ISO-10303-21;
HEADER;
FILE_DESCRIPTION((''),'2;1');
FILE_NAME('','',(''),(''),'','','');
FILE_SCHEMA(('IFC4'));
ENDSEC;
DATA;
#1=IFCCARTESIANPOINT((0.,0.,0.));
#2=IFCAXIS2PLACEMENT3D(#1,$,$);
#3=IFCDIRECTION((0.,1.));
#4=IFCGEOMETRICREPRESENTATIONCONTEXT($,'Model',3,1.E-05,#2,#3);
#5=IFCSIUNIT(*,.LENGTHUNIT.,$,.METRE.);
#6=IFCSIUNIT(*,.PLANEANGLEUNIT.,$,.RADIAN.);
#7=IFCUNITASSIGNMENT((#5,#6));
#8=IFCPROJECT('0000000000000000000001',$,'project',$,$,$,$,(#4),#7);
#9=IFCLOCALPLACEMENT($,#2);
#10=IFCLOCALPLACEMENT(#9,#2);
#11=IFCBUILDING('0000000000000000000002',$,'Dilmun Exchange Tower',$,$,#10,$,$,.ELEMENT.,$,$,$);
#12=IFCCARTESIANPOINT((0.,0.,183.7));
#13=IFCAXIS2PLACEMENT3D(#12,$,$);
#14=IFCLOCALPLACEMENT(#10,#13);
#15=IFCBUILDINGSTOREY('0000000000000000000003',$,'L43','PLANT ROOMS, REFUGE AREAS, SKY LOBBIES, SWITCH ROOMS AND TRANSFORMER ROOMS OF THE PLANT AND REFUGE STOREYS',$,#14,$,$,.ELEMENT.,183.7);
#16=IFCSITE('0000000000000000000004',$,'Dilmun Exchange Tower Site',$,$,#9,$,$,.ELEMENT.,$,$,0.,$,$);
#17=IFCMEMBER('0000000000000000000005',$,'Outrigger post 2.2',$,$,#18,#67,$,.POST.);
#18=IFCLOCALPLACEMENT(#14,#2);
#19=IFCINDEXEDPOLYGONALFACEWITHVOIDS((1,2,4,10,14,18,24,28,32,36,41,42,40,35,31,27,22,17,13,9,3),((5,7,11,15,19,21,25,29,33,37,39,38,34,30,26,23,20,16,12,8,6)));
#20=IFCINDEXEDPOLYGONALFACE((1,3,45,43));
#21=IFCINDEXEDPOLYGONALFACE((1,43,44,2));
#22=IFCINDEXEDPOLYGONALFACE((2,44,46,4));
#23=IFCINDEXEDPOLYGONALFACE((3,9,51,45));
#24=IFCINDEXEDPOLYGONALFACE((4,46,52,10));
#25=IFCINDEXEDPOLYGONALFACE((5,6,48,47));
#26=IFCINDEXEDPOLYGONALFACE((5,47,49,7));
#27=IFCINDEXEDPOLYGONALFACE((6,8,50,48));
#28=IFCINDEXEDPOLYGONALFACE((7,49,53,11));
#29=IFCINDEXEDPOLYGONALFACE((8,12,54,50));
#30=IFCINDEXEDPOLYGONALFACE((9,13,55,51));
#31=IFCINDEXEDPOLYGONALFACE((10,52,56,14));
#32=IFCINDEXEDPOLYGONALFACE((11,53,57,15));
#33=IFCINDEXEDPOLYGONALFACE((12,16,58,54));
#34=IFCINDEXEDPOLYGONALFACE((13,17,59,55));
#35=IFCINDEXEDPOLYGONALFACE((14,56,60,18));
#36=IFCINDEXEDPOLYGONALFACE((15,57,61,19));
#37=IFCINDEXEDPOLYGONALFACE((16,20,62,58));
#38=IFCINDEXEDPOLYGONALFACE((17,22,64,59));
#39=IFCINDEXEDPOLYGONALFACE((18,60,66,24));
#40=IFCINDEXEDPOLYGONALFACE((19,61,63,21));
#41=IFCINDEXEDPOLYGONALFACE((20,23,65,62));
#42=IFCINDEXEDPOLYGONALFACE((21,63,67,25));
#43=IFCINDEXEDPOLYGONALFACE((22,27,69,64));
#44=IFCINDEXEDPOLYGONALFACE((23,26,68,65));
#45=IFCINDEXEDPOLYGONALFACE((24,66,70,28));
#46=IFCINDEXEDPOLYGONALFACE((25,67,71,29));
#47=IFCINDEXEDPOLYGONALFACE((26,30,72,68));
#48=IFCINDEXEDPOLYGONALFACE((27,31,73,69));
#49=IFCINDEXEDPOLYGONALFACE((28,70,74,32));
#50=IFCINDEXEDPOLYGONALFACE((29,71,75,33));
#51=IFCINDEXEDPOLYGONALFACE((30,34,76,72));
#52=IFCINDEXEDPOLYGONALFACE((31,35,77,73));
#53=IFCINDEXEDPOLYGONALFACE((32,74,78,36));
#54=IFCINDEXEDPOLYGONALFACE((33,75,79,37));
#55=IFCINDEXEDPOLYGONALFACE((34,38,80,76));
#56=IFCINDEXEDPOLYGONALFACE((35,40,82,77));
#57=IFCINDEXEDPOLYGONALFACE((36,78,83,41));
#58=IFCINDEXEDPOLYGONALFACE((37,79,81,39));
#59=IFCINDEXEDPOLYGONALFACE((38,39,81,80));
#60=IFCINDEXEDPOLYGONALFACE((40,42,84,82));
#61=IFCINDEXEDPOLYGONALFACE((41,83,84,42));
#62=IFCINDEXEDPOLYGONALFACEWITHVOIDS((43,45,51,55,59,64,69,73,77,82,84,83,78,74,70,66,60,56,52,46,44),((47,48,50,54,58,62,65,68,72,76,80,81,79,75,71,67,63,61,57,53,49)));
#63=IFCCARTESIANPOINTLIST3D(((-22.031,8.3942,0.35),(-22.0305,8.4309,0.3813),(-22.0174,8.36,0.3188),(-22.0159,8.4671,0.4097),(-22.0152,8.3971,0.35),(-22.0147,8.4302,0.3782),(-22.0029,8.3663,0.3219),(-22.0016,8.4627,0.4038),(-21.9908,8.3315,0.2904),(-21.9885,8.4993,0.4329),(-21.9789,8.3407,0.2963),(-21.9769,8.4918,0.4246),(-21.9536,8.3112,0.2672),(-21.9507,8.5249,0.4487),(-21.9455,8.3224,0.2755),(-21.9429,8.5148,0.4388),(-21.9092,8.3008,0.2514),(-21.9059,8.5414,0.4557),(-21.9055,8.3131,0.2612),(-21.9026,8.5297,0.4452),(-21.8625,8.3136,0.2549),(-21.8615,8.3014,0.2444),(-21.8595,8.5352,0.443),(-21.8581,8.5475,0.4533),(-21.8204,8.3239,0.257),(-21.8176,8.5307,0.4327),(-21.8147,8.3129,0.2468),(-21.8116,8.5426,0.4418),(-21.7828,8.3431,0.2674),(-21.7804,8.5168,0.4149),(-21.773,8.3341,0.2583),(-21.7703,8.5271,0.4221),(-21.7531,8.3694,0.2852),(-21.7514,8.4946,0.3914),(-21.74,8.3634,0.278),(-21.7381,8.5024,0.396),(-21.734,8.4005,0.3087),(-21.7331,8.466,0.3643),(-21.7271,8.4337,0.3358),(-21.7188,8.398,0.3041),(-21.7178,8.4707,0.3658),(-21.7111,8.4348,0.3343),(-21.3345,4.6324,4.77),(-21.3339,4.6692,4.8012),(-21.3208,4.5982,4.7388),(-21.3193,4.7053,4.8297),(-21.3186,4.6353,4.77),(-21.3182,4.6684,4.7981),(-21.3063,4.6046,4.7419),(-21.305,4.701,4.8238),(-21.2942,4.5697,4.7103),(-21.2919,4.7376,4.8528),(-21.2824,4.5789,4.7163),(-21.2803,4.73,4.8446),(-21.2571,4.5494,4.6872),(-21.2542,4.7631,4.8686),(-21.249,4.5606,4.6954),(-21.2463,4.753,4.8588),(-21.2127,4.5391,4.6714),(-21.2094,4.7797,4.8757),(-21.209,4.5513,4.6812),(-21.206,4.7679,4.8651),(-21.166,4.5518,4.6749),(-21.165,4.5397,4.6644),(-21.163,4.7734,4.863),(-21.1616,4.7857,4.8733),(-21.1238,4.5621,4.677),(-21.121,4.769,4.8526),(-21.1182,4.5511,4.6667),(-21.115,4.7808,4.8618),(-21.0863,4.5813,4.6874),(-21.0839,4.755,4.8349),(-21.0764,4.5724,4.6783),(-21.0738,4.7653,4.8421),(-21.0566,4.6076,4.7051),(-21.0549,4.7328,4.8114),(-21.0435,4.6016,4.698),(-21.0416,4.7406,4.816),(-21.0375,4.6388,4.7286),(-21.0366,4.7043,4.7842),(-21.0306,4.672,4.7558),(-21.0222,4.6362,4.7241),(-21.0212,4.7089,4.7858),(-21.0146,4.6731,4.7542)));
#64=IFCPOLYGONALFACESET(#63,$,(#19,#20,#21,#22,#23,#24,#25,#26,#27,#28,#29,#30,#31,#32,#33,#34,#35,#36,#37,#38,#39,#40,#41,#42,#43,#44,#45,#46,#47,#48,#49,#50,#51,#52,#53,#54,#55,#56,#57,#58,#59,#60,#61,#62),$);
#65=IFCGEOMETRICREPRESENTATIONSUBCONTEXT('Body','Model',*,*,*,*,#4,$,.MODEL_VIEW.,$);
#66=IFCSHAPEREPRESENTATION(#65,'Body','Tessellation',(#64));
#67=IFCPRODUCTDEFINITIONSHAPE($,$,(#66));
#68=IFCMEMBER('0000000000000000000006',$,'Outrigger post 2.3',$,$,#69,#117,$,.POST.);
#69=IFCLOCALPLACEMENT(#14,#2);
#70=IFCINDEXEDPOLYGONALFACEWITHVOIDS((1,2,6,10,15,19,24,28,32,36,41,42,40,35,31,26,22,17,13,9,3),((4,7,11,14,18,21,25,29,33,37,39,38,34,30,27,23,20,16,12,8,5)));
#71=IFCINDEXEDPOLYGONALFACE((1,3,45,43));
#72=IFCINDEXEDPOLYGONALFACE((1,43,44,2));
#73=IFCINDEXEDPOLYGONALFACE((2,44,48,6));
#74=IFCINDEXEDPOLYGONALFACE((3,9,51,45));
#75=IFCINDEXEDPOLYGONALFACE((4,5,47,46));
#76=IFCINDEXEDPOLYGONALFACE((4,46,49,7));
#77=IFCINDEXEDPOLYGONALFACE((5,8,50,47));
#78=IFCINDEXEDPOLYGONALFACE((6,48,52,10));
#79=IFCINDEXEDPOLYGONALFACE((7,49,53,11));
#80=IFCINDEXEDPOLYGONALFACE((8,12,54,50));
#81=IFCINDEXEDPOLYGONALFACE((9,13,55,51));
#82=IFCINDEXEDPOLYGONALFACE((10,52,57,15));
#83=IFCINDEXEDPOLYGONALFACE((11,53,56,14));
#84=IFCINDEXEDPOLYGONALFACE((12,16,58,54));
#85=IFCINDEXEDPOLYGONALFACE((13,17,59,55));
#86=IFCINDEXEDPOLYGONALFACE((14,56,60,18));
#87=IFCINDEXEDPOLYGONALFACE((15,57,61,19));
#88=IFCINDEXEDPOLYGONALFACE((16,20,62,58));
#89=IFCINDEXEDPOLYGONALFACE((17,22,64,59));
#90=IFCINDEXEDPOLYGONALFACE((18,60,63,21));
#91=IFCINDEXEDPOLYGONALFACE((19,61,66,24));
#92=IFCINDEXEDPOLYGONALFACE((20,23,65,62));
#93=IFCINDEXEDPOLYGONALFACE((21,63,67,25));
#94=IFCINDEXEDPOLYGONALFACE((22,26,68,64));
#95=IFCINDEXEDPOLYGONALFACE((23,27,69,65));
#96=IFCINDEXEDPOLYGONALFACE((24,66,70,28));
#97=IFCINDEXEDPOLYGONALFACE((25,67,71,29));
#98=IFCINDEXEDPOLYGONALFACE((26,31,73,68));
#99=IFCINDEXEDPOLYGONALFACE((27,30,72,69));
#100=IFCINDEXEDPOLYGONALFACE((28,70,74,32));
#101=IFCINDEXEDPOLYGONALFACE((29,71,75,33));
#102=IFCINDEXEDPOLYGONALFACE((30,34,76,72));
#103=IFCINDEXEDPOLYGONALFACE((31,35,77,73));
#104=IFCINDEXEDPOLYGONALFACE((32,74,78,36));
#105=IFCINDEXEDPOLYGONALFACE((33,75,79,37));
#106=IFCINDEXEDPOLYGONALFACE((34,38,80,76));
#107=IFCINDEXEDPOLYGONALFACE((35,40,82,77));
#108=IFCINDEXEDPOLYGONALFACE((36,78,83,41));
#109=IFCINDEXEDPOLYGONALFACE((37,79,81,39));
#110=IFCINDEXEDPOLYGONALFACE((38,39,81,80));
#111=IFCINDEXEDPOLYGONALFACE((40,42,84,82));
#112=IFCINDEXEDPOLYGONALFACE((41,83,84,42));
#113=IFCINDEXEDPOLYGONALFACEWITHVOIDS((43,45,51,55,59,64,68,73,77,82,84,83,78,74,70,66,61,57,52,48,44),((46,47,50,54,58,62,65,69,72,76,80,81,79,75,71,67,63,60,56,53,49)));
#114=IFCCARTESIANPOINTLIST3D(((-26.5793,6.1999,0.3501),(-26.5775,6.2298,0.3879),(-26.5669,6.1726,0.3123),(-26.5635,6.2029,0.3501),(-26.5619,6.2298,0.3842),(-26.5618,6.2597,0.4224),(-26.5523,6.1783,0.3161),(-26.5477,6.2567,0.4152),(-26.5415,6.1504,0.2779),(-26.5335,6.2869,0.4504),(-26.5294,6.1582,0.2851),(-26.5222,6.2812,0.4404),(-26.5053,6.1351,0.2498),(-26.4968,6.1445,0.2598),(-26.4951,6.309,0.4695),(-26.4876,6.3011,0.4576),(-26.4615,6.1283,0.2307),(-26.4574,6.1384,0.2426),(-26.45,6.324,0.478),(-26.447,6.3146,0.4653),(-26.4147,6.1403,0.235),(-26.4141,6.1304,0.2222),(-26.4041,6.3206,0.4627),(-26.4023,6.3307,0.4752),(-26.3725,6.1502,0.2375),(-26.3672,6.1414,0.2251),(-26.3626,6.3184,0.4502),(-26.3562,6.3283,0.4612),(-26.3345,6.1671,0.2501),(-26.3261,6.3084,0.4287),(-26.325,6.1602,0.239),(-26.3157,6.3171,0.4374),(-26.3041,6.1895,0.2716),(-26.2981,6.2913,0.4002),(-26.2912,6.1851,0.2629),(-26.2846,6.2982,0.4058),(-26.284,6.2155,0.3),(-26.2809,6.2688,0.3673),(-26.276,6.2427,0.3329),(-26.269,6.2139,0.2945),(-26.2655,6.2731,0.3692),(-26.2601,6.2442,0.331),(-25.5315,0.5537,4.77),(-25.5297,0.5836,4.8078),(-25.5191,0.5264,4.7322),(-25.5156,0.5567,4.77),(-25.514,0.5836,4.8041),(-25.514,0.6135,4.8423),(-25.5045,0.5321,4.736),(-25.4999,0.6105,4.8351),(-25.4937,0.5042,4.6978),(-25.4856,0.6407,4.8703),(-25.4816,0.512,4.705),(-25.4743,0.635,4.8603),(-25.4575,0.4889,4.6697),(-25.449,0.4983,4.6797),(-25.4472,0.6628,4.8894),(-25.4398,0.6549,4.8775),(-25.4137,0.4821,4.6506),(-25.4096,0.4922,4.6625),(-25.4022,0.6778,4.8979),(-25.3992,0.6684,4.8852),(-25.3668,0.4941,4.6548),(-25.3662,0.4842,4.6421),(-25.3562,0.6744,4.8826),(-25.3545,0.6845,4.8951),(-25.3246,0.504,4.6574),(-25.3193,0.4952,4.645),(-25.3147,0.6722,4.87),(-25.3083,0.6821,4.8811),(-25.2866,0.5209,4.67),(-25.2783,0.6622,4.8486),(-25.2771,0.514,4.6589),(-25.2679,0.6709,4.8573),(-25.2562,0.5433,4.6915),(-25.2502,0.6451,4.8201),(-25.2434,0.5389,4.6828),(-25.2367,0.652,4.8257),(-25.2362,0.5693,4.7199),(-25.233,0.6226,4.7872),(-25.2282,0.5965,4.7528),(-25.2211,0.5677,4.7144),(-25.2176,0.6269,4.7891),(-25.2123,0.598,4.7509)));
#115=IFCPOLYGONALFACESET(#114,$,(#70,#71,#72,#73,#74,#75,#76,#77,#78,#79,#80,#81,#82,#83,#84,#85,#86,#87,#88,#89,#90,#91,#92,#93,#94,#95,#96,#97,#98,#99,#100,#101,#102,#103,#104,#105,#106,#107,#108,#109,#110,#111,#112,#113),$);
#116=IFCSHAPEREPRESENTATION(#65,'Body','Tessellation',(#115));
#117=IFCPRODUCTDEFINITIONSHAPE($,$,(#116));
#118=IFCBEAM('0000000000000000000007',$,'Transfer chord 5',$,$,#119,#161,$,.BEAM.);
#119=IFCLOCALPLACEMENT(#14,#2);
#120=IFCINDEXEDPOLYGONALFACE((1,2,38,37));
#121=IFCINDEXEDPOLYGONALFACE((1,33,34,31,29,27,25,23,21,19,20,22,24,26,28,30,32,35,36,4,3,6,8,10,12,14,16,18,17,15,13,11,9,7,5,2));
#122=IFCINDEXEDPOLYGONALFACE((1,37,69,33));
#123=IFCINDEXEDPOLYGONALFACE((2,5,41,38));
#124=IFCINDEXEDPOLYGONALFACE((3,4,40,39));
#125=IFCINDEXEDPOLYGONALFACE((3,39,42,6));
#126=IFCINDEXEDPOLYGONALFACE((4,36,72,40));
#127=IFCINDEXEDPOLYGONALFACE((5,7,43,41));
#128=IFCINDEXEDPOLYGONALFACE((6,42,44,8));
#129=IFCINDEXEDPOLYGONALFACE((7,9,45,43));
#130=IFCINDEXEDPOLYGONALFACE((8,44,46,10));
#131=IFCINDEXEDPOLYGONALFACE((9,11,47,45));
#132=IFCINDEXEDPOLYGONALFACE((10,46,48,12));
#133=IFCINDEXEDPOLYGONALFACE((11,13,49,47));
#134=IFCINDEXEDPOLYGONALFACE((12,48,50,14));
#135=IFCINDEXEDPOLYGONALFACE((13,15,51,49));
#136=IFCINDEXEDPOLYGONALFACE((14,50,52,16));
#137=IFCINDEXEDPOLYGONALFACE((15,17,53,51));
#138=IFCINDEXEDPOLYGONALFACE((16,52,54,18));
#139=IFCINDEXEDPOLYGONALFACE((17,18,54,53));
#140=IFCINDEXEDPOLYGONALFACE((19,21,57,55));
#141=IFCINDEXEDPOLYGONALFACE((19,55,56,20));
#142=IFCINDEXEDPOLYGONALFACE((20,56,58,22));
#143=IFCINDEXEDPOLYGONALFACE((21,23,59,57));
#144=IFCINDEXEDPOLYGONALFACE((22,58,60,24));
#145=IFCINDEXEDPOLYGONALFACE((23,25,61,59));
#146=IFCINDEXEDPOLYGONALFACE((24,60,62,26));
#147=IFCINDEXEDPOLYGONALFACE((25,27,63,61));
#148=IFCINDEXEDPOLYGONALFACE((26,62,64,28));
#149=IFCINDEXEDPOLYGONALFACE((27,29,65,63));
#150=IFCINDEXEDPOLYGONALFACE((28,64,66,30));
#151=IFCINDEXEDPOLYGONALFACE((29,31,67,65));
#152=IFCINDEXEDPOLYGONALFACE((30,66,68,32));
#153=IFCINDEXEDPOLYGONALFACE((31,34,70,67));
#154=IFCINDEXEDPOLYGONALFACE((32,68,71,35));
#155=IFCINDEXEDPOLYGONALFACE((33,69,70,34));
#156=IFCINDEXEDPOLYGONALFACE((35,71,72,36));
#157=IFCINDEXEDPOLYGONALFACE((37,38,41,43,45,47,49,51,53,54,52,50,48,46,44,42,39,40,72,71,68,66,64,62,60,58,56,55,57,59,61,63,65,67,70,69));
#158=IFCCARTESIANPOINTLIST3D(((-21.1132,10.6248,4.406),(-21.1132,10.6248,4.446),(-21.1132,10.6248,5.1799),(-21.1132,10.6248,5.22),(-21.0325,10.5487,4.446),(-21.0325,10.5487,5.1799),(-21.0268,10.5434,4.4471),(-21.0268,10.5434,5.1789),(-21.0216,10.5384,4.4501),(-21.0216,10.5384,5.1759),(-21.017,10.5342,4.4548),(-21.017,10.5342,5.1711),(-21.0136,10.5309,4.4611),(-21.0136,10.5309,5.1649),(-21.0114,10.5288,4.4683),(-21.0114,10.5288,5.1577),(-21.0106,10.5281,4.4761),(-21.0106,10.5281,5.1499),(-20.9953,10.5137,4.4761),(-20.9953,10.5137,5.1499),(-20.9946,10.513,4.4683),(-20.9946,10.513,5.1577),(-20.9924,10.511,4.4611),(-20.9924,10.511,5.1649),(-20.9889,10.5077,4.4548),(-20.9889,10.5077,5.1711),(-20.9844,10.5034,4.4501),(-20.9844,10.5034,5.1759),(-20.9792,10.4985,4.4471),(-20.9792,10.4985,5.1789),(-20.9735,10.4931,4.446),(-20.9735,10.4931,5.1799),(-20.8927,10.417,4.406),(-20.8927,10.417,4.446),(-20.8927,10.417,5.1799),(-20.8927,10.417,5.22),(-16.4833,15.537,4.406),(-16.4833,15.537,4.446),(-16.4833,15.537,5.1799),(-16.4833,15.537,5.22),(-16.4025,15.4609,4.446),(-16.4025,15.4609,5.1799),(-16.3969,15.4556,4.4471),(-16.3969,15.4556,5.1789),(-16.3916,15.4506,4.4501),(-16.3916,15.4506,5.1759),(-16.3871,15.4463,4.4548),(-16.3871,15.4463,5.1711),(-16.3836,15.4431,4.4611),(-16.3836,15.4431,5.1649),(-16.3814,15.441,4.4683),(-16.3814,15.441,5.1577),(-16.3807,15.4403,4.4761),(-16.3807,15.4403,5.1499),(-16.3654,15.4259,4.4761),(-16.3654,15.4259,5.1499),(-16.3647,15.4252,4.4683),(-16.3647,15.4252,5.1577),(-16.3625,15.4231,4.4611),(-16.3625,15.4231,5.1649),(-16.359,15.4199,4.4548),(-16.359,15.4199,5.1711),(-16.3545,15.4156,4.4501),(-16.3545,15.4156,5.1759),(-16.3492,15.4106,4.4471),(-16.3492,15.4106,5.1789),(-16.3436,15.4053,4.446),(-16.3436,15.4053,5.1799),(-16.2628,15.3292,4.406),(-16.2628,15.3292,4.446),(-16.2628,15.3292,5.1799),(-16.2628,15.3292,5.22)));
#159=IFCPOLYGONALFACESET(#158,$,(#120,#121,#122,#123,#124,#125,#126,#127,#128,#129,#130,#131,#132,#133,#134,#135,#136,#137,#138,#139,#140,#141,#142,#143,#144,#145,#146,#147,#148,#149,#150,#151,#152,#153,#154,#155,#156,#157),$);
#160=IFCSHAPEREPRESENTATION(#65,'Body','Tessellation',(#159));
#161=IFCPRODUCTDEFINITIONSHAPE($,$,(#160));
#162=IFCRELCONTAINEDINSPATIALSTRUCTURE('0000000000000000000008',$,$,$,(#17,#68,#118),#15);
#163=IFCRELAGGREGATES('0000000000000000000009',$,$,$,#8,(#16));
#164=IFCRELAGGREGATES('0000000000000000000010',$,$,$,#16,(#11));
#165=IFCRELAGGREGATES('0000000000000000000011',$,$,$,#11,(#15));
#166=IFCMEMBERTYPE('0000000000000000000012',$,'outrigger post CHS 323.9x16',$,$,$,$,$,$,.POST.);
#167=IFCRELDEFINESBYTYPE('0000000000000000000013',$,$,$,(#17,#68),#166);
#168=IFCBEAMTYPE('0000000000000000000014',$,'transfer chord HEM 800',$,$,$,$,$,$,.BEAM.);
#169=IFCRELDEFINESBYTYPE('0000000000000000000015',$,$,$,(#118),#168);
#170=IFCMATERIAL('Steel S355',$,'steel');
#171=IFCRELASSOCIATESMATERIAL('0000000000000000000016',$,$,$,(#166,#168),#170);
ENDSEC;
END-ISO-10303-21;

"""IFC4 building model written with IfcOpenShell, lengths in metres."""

from ifc_helpers import new_model, si_unit, direction, frame, origin, origin_2d, place, context, subcontext, project, spatial, hollow_circle, i_section, extrude, material, material_profile, profile_set, type_object, element, save


model = new_model("IFC4")

# Units and contexts
model_context = context("Model", 3, precision=1e-05, world=origin(), true_north=direction((0.0, 1.0)))
body_context = subcontext(model_context, "Body", "Model", "MODEL_VIEW")
ifc_project = project(units=[si_unit("LENGTHUNIT", "METRE"), si_unit("PLANEANGLEUNIT", "RADIAN")], contexts=[model_context])

# Site, building, storey
site_placement = place(None, origin())
site = spatial("IfcSite", under=ifc_project, at=site_placement, Name="Dilmun Exchange Tower Site", CompositionType="ELEMENT", RefElevation=0.0)
building_placement = place(site_placement, origin())
building = spatial("IfcBuilding", under=site, at=building_placement, Name="Dilmun Exchange Tower", CompositionType="ELEMENT")
storey_placement = place(building_placement, frame((0.0, 0.0, 183.7)))
storey = spatial("IfcBuildingStorey", under=building, at=storey_placement, Name="L43", Description="PLANT ROOMS, REFUGE AREAS, SKY LOBBIES, SWITCH ROOMS AND TRANSFORMER ROOMS OF THE PLANT AND REFUGE STOREYS", CompositionType="ELEMENT", Elevation=183.7)

# Shared definitions
ifc_material_1 = material(Name="Steel S355", Category="steel")

# Members
ifc_material_profile_1 = material_profile(ifc_material_1, hollow_circle(Radius=0.1619, WallThickness=0.0161, at=origin_2d()), Name="CHS 323.9x16")
ifc_profile_set_1 = profile_set([ifc_material_profile_1], Name="Steel S355")
member_type_1 = type_object("IfcMemberType", Name="outrigger post CHS 323.9x16", PredefinedType="POST", material=ifc_profile_set_1)
member_1_placement = place(storey_placement, frame((-21.1753, 4.6619, 4.77), z_axis=(-0.119155, 0.643509, -0.756107), x_axis=(-0.983286, -0.182069, 0.0)))
element("IfcMember", 1, at=member_1_placement, inside=storey, type_object=member_type_1, Name="Outrigger post 2.2", PredefinedType="POST", context=body_context, shape_type="SweptSolid", body=[
    extrude(hollow_circle(Radius=0.1619, WallThickness=0.0161, at=origin_2d()), origin(), (0.0, 0.0, 1.0), 5.8457),
])
member_2_placement = place(storey_placement, frame((-25.3723, 0.5833, 4.77), z_axis=(-0.144598, 0.779153, -0.609927), x_axis=(-0.983212, -0.182468, 0.0)))
element("IfcMember", 2, at=member_2_placement, inside=storey, type_object=member_type_1, Name="Outrigger post 2.3", PredefinedType="POST", context=body_context, shape_type="SweptSolid", body=[
    extrude(hollow_circle(Radius=0.1619, WallThickness=0.0161, at=origin_2d()), origin(), (0.0, 0.0, 1.0), 7.2466),
])

# Beam
ifc_material_profile_2 = material_profile(ifc_material_1, i_section(OverallWidth=0.303, OverallDepth=0.814, WebThickness=0.021, FlangeThickness=0.04, FilletRadius=0.03, at=origin_2d()), Name="HEM 800")
ifc_profile_set_2 = profile_set([ifc_material_profile_2], Name="Steel S355")
beam_type_1 = type_object("IfcBeamType", Name="transfer chord HEM 800", PredefinedType="BEAM", material=ifc_profile_set_2)
for number, where, z_axis, x_axis, name in (
    (3, (-16.373, 15.4331, 4.813), (-0.685893, -0.727703, 0.0), (0.727703, -0.685893, 0.0), "Transfer chord 5"),
):
    element("IfcBeam", number, at=place(storey_placement, frame(where, z_axis=z_axis, x_axis=x_axis)), inside=storey, type_object=beam_type_1, Name=name, PredefinedType="BEAM", context=body_context, shape_type="SweptSolid", body=[
        extrude(i_section(OverallWidth=0.303, OverallDepth=0.814, WebThickness=0.021, FlangeThickness=0.04, FilletRadius=0.03, at=origin_2d()), origin(), (0.0, 0.0, 1.0), 6.7502),
    ])

save(model, "model.ifc")
